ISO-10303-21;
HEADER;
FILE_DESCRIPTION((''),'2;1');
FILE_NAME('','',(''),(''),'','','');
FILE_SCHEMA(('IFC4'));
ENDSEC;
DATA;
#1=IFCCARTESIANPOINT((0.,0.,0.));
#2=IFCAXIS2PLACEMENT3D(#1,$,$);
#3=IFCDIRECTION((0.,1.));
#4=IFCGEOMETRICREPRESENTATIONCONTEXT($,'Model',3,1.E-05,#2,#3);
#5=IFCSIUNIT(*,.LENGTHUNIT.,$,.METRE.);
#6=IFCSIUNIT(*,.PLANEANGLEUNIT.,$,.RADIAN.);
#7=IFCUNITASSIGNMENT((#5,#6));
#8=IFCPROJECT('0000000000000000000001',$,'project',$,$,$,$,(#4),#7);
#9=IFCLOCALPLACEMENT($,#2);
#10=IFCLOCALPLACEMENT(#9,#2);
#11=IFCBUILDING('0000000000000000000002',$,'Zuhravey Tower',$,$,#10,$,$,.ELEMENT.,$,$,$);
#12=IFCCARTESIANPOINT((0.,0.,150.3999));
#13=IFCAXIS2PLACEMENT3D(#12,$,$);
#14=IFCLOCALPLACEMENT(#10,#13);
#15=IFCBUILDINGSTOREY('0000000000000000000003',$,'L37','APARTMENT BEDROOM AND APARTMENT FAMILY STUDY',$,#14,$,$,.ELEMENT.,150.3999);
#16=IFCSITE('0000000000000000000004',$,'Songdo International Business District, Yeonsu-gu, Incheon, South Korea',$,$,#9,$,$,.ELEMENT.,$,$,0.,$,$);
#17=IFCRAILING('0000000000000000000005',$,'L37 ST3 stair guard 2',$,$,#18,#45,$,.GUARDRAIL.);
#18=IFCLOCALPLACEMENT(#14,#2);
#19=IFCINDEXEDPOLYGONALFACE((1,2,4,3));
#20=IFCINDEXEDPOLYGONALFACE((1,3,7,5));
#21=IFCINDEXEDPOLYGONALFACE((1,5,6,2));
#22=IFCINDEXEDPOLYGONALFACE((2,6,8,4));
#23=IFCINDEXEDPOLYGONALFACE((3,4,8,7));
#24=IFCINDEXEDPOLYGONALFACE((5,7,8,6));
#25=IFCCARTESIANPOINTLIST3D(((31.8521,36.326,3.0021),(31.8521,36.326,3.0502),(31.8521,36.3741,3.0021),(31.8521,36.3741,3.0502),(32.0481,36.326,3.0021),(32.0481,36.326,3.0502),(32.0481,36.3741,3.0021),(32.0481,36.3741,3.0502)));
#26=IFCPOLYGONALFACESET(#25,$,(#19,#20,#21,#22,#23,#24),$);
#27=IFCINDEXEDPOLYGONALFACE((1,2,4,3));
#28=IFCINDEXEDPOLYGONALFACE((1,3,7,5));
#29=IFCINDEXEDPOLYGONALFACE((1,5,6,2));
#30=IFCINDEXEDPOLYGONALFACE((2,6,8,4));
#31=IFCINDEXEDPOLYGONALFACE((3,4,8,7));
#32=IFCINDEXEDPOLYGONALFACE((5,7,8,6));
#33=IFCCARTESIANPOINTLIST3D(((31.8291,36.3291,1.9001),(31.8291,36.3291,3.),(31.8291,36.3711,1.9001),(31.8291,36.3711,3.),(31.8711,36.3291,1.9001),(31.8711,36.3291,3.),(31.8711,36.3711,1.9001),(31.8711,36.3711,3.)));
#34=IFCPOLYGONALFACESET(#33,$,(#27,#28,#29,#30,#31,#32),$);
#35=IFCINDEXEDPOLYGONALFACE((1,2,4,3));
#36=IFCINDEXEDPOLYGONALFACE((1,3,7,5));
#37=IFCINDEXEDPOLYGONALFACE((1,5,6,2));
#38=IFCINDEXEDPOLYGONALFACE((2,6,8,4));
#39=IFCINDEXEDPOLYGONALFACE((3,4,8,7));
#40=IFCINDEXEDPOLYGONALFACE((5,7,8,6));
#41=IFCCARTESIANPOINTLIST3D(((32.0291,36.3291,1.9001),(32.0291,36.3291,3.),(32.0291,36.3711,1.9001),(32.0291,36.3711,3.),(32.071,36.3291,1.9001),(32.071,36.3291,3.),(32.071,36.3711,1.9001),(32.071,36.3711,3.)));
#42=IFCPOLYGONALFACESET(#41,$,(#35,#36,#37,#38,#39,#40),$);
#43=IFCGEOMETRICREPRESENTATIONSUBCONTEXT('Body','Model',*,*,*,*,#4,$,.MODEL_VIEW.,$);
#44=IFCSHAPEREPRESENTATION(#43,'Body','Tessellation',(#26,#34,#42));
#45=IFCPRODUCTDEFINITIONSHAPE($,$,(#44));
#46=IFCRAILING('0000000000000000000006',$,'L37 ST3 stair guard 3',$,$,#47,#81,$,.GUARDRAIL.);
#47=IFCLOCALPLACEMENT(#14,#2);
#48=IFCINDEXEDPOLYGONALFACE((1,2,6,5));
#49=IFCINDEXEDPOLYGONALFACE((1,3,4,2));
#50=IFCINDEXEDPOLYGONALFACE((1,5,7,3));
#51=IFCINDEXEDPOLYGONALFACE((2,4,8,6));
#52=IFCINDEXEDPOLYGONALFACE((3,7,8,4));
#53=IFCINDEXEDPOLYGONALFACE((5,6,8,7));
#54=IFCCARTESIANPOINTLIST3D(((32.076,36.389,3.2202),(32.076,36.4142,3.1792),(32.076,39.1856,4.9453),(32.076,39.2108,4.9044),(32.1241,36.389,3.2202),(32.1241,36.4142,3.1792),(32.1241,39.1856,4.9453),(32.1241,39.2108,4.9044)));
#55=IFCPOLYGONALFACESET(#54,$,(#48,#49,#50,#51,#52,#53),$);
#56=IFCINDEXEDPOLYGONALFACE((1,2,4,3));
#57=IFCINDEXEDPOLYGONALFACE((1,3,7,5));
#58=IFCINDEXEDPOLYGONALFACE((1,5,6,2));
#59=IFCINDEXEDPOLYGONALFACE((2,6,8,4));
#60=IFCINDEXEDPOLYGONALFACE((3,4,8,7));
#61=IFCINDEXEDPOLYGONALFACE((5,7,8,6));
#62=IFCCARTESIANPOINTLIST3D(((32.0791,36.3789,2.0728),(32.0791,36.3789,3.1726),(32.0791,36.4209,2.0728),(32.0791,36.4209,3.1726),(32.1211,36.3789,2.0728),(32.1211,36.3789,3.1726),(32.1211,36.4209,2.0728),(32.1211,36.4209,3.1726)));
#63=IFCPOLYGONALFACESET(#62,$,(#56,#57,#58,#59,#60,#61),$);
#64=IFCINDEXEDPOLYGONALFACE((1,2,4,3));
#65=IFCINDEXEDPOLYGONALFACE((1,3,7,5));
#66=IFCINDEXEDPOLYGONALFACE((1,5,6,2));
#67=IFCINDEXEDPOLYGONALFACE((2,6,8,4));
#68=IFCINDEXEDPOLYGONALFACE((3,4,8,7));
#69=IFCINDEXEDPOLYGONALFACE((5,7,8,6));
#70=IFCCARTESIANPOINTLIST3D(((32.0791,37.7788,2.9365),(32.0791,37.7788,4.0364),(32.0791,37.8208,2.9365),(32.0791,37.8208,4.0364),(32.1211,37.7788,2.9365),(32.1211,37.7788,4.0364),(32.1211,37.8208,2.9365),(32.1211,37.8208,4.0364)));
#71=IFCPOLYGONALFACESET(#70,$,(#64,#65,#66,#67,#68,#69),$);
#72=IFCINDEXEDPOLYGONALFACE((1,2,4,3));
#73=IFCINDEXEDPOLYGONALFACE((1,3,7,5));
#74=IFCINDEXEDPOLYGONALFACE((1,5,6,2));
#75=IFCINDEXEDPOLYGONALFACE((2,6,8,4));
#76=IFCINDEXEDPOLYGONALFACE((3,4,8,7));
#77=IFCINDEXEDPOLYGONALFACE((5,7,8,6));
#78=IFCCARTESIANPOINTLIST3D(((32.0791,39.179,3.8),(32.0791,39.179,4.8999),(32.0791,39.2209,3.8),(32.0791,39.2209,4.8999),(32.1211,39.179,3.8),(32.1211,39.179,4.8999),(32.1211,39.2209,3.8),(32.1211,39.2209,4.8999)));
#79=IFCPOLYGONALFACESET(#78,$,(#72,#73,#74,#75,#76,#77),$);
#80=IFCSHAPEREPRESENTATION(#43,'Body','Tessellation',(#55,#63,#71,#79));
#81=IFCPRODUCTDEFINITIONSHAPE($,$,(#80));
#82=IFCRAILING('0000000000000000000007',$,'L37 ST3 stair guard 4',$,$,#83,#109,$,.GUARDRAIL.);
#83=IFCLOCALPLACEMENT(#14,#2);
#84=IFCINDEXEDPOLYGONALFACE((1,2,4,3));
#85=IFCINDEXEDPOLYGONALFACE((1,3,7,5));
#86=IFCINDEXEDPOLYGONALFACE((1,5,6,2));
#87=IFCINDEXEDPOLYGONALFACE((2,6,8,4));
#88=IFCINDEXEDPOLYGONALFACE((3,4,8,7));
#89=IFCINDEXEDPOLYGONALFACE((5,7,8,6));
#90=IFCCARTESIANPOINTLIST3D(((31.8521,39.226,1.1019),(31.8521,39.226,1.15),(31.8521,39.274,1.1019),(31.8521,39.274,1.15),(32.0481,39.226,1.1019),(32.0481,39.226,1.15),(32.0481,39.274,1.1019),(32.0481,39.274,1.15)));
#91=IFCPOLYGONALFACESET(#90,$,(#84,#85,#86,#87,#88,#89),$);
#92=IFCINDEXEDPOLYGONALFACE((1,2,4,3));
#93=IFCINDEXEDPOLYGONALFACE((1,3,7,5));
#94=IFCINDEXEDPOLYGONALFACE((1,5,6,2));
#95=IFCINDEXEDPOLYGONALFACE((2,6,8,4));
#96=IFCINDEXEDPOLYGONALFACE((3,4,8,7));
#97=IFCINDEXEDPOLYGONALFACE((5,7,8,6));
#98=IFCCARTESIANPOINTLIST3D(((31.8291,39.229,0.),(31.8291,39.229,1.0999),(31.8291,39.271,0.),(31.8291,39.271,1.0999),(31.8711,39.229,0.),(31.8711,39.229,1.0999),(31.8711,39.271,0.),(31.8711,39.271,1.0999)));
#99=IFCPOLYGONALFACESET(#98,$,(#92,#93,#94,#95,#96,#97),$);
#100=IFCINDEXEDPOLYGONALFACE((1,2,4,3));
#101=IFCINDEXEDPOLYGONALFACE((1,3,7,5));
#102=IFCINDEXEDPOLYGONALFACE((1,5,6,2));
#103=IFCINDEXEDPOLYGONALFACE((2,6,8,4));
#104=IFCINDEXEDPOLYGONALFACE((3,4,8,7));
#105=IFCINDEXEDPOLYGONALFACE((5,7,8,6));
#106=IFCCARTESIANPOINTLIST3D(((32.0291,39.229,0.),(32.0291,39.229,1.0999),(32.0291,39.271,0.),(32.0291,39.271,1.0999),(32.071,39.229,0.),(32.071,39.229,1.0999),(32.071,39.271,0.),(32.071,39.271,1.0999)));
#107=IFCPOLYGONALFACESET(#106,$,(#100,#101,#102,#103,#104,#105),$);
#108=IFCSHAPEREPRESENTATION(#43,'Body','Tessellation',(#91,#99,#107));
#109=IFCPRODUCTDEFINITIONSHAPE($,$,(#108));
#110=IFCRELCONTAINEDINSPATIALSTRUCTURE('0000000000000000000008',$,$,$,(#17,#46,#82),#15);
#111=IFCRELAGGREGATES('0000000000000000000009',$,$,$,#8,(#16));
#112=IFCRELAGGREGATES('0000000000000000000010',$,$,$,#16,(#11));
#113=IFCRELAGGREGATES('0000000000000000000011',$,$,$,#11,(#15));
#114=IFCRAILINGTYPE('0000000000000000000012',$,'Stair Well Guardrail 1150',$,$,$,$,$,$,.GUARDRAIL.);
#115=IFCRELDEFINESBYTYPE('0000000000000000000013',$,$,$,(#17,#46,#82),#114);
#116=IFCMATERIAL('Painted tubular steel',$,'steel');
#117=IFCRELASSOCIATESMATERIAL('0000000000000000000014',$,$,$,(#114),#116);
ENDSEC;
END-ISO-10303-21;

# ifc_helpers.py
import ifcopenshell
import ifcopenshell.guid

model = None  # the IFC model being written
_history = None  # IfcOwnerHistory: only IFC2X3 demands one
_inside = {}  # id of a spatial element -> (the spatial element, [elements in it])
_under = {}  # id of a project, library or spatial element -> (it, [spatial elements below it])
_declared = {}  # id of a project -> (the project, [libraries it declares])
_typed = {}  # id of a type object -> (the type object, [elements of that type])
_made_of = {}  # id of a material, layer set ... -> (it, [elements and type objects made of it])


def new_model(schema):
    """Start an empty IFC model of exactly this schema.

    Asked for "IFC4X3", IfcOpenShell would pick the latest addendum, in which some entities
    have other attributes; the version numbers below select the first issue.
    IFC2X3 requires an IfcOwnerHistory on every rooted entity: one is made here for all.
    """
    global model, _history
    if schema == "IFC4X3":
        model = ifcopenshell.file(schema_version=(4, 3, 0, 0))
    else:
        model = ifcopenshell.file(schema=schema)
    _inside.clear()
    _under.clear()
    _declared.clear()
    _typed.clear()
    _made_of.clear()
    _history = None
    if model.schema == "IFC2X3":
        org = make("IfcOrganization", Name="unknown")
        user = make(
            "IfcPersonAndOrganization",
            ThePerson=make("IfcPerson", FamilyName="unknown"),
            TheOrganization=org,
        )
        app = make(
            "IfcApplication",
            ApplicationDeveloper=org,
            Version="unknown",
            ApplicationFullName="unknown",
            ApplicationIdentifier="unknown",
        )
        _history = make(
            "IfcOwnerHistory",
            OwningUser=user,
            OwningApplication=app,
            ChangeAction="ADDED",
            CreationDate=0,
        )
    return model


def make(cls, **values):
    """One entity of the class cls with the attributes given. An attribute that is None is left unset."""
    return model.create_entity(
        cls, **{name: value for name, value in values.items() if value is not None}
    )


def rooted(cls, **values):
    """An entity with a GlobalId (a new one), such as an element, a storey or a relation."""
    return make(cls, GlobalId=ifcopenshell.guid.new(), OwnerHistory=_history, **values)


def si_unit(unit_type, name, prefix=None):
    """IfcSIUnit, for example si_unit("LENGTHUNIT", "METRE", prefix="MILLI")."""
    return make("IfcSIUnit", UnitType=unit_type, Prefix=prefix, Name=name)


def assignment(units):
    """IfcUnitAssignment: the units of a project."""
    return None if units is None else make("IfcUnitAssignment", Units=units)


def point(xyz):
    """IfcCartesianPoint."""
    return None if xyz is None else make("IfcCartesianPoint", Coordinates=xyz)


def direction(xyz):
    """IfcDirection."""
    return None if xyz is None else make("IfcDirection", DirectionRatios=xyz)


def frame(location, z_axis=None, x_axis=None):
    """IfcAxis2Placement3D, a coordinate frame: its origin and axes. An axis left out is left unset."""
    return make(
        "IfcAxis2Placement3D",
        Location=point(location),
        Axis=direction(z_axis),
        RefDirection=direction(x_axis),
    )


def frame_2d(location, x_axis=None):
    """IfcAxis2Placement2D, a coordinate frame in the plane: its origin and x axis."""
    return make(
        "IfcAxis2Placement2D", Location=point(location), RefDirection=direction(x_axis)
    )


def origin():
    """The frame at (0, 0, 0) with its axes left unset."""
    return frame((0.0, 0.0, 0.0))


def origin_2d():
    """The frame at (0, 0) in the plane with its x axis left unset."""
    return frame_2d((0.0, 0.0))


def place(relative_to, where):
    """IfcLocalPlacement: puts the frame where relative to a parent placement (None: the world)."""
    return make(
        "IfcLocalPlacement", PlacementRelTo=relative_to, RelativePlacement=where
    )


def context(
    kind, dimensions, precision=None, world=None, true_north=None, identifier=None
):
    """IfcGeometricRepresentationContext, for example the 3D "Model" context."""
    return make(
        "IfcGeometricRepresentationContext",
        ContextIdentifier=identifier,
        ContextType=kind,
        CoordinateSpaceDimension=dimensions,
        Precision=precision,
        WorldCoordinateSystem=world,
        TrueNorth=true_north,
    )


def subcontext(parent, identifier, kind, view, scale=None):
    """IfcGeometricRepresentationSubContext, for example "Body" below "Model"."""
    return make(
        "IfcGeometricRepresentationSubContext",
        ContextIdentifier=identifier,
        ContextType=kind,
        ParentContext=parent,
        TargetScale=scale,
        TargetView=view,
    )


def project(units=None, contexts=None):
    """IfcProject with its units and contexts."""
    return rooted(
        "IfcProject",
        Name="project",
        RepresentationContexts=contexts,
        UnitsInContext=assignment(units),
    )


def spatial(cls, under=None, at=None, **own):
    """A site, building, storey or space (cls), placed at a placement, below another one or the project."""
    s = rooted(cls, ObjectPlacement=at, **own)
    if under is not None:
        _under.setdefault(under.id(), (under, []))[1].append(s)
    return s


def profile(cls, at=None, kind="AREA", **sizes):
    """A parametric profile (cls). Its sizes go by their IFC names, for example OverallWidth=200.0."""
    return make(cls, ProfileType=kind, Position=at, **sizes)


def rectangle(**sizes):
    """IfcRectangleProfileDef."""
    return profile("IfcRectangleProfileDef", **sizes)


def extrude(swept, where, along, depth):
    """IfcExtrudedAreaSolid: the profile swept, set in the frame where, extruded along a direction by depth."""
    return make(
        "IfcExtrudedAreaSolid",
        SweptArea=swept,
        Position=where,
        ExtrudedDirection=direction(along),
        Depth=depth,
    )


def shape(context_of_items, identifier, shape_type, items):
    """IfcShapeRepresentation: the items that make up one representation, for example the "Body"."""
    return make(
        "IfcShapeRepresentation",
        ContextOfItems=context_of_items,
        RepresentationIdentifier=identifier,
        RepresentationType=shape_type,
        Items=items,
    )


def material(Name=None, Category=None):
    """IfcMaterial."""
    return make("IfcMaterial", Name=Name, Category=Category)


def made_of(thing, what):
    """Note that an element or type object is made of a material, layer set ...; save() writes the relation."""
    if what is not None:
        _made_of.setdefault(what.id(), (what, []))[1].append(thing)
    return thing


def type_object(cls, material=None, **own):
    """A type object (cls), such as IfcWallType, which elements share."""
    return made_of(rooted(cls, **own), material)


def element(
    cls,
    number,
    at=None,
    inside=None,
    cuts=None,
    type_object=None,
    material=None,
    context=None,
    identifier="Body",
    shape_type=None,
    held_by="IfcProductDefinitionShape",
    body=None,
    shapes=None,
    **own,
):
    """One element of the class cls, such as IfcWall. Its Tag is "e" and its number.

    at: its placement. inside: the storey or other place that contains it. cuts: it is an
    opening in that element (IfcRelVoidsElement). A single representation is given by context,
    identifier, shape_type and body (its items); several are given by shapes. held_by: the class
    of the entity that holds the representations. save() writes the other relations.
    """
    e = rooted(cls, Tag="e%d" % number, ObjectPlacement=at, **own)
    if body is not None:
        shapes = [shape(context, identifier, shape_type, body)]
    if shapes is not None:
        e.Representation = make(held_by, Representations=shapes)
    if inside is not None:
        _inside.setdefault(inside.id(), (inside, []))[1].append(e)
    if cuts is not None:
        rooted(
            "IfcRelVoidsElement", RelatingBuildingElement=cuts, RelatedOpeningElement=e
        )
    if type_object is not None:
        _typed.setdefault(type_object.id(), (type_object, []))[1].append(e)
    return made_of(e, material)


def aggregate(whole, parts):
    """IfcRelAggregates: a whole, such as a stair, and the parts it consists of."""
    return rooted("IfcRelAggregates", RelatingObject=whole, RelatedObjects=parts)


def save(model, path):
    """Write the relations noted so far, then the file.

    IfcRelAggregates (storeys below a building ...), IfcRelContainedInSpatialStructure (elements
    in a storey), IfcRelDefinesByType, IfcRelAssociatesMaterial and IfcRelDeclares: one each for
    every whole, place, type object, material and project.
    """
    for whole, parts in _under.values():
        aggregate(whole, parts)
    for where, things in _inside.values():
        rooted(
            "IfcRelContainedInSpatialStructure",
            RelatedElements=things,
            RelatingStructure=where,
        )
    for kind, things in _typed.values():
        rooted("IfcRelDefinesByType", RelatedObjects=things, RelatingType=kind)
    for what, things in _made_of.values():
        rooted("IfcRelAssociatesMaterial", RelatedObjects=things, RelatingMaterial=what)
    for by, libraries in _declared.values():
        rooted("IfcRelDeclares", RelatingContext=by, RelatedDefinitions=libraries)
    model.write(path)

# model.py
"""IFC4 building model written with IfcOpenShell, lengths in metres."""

from ifc_helpers import new_model, si_unit, direction, frame, origin, origin_2d, place, context, subcontext, project, spatial, rectangle, extrude, material, type_object, element, save


model = new_model("IFC4")

# Units and contexts
model_context = context("Model", 3, precision=1e-05, world=origin(), true_north=direction((0.0, 1.0)))
body_context = subcontext(model_context, "Body", "Model", "MODEL_VIEW")
ifc_project = project(units=[si_unit("LENGTHUNIT", "METRE"), si_unit("PLANEANGLEUNIT", "RADIAN")], contexts=[model_context])

# Site, building, storey
site_placement = place(None, origin())
site = spatial("IfcSite", under=ifc_project, at=site_placement, Name="Songdo International Business District, Yeonsu-gu, Incheon, South Korea", CompositionType="ELEMENT", RefElevation=0.0)
building_placement = place(site_placement, origin())
building = spatial("IfcBuilding", under=site, at=building_placement, Name="Zuhravey Tower", CompositionType="ELEMENT")
storey_placement = place(building_placement, frame((0.0, 0.0, 150.3999)))
storey = spatial("IfcBuildingStorey", under=building, at=storey_placement, Name="L37", Description="APARTMENT BEDROOM AND APARTMENT FAMILY STUDY", CompositionType="ELEMENT", Elevation=150.3999)

# Railings
ifc_material_1 = material(Name="Painted tubular steel", Category="steel")
railing_type_1 = type_object("IfcRailingType", Name="Stair Well Guardrail 1150", PredefinedType="GUARDRAIL", material=ifc_material_1)
railing_1_placement = place(storey_placement, frame((31.8501, 36.3501, 1.9001)))
element("IfcRailing", 1, at=railing_1_placement, inside=storey, type_object=railing_type_1, Name="L37 ST3 stair guard 2", PredefinedType="GUARDRAIL", context=body_context, shape_type="SweptSolid", body=[
    extrude(rectangle(XDim=0.0481, YDim=0.0481, at=origin_2d()), frame((0.002, 0.0, 1.126), z_axis=(1.0, 0.0, 0.0), x_axis=(0.0, 1.0, 0.0)), (0.0, 0.0, 1.0), 0.196),
    extrude(rectangle(XDim=0.042, YDim=0.042, at=origin_2d()), origin(), (0.0, 0.0, 1.0), 1.0999),
    extrude(rectangle(XDim=0.042, YDim=0.042, at=origin_2d()), frame((0.2, 0.0, 0.0)), (0.0, 0.0, 1.0), 1.0999),
])
railing_2_placement = place(storey_placement, frame((32.1001, 36.3999, 2.0728)))
element("IfcRailing", 2, at=railing_2_placement, inside=storey, type_object=railing_type_1, Name="L37 ST3 stair guard 3", PredefinedType="GUARDRAIL", context=body_context, shape_type="SweptSolid", body=[
    extrude(rectangle(XDim=0.0481, YDim=0.0481, at=origin_2d()), frame((0.0, 0.0017, 1.127), z_axis=(0.0, 0.85109, 0.52502), x_axis=(-1.0, 0.0, 0.0)), (0.0, 0.0, 1.0), 3.2859),
    extrude(rectangle(XDim=0.042, YDim=0.042, at=origin_2d()), origin(), (0.0, 0.0, 1.0), 1.0999),
    extrude(rectangle(XDim=0.042, YDim=0.042, at=origin_2d()), frame((0.0, 1.3999, 0.8638)), (0.0, 0.0, 1.0), 1.0999),
    extrude(rectangle(XDim=0.042, YDim=0.042, at=origin_2d()), frame((0.0, 2.8, 1.7273)), (0.0, 0.0, 1.0), 1.0999),
])
railing_3_placement = place(storey_placement, frame((31.8501, 39.25, 0.0)))
element("IfcRailing", 3, at=railing_3_placement, inside=storey, type_object=railing_type_1, Name="L37 ST3 stair guard 4", PredefinedType="GUARDRAIL", context=body_context, shape_type="SweptSolid", body=[
    extrude(rectangle(XDim=0.0481, YDim=0.0481, at=origin_2d()), frame((0.002, 0.0, 1.126), z_axis=(1.0, 0.0, 0.0), x_axis=(0.0, 1.0, 0.0)), (0.0, 0.0, 1.0), 0.196),
    extrude(rectangle(XDim=0.042, YDim=0.042, at=origin_2d()), origin(), (0.0, 0.0, 1.0), 1.0999),
    extrude(rectangle(XDim=0.042, YDim=0.042, at=origin_2d()), frame((0.2, 0.0, 0.0)), (0.0, 0.0, 1.0), 1.0999),
])

save(model, "model.ifc")
